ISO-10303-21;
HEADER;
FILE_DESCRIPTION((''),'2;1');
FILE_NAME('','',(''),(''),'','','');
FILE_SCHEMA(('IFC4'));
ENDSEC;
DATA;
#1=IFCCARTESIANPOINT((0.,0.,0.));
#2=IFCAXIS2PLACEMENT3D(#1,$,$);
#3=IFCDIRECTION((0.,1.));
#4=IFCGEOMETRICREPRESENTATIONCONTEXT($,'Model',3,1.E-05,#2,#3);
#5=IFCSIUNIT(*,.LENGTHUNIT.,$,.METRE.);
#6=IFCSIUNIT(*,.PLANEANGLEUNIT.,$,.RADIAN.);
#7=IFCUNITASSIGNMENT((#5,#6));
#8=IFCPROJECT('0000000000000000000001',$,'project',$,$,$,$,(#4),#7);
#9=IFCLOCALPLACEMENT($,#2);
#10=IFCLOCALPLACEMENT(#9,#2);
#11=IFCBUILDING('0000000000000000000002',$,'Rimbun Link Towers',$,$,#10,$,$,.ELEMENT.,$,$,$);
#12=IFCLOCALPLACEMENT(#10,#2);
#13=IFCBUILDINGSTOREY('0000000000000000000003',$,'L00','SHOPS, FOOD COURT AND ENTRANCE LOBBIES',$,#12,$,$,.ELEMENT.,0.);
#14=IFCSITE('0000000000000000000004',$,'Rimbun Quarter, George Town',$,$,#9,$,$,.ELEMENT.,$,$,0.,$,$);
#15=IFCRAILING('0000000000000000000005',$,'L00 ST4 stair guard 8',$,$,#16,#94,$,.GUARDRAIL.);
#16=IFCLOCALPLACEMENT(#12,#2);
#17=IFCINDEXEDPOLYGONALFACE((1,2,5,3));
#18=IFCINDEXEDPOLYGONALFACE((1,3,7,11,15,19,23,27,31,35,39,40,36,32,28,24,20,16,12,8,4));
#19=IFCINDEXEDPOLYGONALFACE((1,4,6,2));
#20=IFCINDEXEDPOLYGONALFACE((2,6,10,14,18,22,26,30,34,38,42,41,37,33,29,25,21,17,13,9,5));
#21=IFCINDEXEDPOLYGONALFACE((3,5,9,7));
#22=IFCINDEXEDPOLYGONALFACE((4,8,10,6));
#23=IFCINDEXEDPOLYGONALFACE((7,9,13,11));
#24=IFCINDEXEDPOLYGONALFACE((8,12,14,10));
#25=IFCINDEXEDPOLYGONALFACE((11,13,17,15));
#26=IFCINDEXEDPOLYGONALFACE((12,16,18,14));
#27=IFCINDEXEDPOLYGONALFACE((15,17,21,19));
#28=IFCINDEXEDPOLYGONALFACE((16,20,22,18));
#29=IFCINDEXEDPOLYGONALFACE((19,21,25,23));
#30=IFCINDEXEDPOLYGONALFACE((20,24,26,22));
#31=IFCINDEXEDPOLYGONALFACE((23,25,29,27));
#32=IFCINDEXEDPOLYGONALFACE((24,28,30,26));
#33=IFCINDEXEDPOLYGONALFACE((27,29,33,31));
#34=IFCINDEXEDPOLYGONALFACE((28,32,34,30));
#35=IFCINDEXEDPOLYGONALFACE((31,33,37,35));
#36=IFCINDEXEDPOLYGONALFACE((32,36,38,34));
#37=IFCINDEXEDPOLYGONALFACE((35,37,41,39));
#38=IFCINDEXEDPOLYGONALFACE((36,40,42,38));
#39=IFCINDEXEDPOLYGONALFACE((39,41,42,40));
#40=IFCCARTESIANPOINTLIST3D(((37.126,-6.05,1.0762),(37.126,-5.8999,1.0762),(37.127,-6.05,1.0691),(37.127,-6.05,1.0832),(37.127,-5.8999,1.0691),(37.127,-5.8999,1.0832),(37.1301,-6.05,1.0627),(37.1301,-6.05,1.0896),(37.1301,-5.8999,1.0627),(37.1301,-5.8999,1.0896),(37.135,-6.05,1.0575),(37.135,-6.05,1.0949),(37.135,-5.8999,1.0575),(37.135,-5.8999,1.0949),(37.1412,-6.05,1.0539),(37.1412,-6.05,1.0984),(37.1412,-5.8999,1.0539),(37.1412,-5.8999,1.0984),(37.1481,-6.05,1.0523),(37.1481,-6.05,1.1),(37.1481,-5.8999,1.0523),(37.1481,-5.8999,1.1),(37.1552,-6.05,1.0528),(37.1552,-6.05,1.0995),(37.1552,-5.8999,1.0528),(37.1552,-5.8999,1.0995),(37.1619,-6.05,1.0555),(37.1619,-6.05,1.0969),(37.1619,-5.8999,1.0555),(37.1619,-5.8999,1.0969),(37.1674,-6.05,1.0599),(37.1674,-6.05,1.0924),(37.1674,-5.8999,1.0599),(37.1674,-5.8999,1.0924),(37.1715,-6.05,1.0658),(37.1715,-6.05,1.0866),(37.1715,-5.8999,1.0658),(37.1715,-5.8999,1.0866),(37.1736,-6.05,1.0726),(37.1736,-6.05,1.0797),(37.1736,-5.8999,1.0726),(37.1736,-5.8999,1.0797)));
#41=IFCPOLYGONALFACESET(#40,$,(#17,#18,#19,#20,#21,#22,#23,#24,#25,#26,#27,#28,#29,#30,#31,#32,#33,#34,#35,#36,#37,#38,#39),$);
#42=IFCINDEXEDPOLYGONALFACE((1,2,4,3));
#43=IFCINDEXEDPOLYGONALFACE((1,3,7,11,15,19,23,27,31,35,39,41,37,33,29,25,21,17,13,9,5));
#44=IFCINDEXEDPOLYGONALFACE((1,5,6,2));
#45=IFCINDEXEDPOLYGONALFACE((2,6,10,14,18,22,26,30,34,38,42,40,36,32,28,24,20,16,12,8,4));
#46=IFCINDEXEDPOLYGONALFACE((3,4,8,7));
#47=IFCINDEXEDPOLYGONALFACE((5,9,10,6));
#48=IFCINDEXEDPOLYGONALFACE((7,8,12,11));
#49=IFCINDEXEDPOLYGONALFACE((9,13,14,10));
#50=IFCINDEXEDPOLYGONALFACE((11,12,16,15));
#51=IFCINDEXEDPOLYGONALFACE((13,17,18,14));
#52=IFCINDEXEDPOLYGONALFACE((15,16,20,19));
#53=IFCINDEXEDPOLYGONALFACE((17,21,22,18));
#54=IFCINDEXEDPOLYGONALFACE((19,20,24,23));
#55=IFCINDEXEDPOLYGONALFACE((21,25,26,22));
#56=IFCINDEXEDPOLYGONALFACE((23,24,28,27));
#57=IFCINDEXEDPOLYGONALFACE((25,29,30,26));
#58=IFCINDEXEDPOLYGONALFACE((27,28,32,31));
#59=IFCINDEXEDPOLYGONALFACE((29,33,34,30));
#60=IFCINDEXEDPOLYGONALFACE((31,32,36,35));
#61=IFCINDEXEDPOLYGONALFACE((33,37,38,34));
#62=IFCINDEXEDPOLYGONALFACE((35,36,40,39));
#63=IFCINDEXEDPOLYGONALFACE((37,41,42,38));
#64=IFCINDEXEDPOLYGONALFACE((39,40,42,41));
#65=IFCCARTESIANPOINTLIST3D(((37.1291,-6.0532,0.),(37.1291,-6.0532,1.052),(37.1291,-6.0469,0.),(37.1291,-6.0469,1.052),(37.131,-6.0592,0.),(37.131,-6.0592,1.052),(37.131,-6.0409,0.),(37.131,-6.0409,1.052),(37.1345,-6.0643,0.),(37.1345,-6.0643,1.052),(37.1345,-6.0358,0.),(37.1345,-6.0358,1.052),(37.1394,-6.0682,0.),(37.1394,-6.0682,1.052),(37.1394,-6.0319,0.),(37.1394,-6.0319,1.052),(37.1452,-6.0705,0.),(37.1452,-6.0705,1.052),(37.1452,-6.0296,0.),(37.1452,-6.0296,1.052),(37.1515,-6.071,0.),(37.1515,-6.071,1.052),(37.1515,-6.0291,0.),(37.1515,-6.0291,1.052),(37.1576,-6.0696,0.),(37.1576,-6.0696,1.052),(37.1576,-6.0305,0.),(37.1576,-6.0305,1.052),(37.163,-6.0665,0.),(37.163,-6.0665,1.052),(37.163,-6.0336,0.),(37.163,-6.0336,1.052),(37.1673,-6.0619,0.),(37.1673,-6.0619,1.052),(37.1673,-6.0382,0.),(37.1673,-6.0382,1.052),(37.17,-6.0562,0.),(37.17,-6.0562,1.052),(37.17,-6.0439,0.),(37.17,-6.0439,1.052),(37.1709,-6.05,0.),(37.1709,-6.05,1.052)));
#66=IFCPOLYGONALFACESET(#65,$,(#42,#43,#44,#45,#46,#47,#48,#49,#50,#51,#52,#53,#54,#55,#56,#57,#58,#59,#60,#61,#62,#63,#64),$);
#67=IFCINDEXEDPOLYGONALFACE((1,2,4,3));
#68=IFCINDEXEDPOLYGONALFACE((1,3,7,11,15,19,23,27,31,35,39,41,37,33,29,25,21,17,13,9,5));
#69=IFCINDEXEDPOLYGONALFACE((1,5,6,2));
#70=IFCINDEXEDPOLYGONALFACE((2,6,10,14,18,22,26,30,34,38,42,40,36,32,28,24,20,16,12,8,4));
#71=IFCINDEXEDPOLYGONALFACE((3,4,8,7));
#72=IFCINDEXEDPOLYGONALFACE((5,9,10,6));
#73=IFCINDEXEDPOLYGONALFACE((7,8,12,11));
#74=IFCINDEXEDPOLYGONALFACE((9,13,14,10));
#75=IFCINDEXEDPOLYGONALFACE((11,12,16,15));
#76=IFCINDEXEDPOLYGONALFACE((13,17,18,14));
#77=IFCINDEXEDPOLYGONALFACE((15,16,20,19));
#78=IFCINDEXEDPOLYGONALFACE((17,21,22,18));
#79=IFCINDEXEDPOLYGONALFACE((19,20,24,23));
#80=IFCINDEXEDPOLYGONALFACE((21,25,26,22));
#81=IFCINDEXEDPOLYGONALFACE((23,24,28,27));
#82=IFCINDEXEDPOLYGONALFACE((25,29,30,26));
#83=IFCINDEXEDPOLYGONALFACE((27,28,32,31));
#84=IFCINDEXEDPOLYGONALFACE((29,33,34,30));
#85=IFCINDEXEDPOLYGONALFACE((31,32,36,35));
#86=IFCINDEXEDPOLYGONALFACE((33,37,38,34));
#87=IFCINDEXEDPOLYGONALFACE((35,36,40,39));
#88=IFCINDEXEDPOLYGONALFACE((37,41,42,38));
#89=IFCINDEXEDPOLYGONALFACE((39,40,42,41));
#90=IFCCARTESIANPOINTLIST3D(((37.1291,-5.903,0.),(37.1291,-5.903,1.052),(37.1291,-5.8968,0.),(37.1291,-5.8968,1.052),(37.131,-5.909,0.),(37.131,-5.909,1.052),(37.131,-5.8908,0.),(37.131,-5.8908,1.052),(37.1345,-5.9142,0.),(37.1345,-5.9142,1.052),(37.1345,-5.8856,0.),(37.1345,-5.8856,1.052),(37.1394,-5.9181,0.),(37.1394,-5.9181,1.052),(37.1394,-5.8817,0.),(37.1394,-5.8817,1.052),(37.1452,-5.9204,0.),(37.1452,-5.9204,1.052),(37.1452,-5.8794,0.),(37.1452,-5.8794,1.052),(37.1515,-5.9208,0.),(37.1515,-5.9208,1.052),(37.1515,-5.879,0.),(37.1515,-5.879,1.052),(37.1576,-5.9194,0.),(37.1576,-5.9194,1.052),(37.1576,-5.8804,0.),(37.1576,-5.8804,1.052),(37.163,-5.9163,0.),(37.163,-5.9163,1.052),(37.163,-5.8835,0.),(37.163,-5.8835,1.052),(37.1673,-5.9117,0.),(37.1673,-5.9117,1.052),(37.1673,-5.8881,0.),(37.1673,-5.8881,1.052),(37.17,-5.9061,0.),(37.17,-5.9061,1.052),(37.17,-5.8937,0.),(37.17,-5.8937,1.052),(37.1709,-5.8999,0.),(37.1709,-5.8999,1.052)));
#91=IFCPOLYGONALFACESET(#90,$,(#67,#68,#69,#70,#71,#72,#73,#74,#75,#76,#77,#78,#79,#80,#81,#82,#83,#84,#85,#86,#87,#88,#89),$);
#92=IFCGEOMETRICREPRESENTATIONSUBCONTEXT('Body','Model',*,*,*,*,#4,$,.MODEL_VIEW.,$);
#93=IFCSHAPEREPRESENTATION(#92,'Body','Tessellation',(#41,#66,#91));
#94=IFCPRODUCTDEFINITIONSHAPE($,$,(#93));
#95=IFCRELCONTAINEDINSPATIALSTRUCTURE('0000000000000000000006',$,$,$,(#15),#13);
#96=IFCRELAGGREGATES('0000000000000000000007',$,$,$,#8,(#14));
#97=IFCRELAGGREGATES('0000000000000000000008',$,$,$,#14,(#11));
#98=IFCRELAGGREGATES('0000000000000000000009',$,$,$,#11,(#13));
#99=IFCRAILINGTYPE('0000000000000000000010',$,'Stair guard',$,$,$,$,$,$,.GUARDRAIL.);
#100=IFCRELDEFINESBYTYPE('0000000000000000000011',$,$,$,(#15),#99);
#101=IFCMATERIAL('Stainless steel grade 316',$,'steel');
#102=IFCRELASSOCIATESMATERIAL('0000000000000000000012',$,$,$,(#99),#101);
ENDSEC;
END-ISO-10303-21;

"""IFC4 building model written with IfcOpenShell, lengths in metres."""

from ifc_helpers import new_model, si_unit, direction, frame, origin, origin_2d, place, context, subcontext, project, spatial, circle, extrude, material, type_object, element, save


model = new_model("IFC4")

# Units and contexts
model_context = context("Model", 3, precision=1e-05, world=origin(), true_north=direction((0.0, 1.0)))
body_context = subcontext(model_context, "Body", "Model", "MODEL_VIEW")
ifc_project = project(units=[si_unit("LENGTHUNIT", "METRE"), si_unit("PLANEANGLEUNIT", "RADIAN")], contexts=[model_context])

# Site, building, storey
site_placement = place(None, origin())
site = spatial("IfcSite", under=ifc_project, at=site_placement, Name="Rimbun Quarter, George Town", CompositionType="ELEMENT", RefElevation=0.0)
building_placement = place(site_placement, origin())
building = spatial("IfcBuilding", under=site, at=building_placement, Name="Rimbun Link Towers", CompositionType="ELEMENT")
storey_placement = place(building_placement, origin())
storey = spatial("IfcBuildingStorey", under=building, at=storey_placement, Name="L00", Description="SHOPS, FOOD COURT AND ENTRANCE LOBBIES", CompositionType="ELEMENT", Elevation=0.0)

# Railing
ifc_material_1 = material(Name="Stainless steel grade 316", Category="steel")
railing_type_1 = type_object("IfcRailingType", Name="Stair guard", PredefinedType="GUARDRAIL", material=ifc_material_1)
railing_1_placement = place(storey_placement, frame((37.1499, -6.05, 0.0)))
element("IfcRailing", 1, at=railing_1_placement, inside=storey, type_object=railing_type_1, Name="L00 ST4 stair guard 8", PredefinedType="GUARDRAIL", context=body_context, shape_type="SweptSolid", body=[
    extrude(circle(Radius=0.0239, at=origin_2d()), frame((0.0, 0.0, 1.0762), z_axis=(0.0, 1.0, 0.0), x_axis=(-1.0, 0.0, 0.0)), (0.0, 0.0, 1.0), 0.1501),
    extrude(circle(Radius=0.021, at=origin_2d()), origin(), (0.0, 0.0, 1.0), 1.052),
    extrude(circle(Radius=0.021, at=origin_2d()), frame((0.0, 0.1501, 0.0)), (0.0, 0.0, 1.0), 1.052),
])

save(model, "model.ifc")
